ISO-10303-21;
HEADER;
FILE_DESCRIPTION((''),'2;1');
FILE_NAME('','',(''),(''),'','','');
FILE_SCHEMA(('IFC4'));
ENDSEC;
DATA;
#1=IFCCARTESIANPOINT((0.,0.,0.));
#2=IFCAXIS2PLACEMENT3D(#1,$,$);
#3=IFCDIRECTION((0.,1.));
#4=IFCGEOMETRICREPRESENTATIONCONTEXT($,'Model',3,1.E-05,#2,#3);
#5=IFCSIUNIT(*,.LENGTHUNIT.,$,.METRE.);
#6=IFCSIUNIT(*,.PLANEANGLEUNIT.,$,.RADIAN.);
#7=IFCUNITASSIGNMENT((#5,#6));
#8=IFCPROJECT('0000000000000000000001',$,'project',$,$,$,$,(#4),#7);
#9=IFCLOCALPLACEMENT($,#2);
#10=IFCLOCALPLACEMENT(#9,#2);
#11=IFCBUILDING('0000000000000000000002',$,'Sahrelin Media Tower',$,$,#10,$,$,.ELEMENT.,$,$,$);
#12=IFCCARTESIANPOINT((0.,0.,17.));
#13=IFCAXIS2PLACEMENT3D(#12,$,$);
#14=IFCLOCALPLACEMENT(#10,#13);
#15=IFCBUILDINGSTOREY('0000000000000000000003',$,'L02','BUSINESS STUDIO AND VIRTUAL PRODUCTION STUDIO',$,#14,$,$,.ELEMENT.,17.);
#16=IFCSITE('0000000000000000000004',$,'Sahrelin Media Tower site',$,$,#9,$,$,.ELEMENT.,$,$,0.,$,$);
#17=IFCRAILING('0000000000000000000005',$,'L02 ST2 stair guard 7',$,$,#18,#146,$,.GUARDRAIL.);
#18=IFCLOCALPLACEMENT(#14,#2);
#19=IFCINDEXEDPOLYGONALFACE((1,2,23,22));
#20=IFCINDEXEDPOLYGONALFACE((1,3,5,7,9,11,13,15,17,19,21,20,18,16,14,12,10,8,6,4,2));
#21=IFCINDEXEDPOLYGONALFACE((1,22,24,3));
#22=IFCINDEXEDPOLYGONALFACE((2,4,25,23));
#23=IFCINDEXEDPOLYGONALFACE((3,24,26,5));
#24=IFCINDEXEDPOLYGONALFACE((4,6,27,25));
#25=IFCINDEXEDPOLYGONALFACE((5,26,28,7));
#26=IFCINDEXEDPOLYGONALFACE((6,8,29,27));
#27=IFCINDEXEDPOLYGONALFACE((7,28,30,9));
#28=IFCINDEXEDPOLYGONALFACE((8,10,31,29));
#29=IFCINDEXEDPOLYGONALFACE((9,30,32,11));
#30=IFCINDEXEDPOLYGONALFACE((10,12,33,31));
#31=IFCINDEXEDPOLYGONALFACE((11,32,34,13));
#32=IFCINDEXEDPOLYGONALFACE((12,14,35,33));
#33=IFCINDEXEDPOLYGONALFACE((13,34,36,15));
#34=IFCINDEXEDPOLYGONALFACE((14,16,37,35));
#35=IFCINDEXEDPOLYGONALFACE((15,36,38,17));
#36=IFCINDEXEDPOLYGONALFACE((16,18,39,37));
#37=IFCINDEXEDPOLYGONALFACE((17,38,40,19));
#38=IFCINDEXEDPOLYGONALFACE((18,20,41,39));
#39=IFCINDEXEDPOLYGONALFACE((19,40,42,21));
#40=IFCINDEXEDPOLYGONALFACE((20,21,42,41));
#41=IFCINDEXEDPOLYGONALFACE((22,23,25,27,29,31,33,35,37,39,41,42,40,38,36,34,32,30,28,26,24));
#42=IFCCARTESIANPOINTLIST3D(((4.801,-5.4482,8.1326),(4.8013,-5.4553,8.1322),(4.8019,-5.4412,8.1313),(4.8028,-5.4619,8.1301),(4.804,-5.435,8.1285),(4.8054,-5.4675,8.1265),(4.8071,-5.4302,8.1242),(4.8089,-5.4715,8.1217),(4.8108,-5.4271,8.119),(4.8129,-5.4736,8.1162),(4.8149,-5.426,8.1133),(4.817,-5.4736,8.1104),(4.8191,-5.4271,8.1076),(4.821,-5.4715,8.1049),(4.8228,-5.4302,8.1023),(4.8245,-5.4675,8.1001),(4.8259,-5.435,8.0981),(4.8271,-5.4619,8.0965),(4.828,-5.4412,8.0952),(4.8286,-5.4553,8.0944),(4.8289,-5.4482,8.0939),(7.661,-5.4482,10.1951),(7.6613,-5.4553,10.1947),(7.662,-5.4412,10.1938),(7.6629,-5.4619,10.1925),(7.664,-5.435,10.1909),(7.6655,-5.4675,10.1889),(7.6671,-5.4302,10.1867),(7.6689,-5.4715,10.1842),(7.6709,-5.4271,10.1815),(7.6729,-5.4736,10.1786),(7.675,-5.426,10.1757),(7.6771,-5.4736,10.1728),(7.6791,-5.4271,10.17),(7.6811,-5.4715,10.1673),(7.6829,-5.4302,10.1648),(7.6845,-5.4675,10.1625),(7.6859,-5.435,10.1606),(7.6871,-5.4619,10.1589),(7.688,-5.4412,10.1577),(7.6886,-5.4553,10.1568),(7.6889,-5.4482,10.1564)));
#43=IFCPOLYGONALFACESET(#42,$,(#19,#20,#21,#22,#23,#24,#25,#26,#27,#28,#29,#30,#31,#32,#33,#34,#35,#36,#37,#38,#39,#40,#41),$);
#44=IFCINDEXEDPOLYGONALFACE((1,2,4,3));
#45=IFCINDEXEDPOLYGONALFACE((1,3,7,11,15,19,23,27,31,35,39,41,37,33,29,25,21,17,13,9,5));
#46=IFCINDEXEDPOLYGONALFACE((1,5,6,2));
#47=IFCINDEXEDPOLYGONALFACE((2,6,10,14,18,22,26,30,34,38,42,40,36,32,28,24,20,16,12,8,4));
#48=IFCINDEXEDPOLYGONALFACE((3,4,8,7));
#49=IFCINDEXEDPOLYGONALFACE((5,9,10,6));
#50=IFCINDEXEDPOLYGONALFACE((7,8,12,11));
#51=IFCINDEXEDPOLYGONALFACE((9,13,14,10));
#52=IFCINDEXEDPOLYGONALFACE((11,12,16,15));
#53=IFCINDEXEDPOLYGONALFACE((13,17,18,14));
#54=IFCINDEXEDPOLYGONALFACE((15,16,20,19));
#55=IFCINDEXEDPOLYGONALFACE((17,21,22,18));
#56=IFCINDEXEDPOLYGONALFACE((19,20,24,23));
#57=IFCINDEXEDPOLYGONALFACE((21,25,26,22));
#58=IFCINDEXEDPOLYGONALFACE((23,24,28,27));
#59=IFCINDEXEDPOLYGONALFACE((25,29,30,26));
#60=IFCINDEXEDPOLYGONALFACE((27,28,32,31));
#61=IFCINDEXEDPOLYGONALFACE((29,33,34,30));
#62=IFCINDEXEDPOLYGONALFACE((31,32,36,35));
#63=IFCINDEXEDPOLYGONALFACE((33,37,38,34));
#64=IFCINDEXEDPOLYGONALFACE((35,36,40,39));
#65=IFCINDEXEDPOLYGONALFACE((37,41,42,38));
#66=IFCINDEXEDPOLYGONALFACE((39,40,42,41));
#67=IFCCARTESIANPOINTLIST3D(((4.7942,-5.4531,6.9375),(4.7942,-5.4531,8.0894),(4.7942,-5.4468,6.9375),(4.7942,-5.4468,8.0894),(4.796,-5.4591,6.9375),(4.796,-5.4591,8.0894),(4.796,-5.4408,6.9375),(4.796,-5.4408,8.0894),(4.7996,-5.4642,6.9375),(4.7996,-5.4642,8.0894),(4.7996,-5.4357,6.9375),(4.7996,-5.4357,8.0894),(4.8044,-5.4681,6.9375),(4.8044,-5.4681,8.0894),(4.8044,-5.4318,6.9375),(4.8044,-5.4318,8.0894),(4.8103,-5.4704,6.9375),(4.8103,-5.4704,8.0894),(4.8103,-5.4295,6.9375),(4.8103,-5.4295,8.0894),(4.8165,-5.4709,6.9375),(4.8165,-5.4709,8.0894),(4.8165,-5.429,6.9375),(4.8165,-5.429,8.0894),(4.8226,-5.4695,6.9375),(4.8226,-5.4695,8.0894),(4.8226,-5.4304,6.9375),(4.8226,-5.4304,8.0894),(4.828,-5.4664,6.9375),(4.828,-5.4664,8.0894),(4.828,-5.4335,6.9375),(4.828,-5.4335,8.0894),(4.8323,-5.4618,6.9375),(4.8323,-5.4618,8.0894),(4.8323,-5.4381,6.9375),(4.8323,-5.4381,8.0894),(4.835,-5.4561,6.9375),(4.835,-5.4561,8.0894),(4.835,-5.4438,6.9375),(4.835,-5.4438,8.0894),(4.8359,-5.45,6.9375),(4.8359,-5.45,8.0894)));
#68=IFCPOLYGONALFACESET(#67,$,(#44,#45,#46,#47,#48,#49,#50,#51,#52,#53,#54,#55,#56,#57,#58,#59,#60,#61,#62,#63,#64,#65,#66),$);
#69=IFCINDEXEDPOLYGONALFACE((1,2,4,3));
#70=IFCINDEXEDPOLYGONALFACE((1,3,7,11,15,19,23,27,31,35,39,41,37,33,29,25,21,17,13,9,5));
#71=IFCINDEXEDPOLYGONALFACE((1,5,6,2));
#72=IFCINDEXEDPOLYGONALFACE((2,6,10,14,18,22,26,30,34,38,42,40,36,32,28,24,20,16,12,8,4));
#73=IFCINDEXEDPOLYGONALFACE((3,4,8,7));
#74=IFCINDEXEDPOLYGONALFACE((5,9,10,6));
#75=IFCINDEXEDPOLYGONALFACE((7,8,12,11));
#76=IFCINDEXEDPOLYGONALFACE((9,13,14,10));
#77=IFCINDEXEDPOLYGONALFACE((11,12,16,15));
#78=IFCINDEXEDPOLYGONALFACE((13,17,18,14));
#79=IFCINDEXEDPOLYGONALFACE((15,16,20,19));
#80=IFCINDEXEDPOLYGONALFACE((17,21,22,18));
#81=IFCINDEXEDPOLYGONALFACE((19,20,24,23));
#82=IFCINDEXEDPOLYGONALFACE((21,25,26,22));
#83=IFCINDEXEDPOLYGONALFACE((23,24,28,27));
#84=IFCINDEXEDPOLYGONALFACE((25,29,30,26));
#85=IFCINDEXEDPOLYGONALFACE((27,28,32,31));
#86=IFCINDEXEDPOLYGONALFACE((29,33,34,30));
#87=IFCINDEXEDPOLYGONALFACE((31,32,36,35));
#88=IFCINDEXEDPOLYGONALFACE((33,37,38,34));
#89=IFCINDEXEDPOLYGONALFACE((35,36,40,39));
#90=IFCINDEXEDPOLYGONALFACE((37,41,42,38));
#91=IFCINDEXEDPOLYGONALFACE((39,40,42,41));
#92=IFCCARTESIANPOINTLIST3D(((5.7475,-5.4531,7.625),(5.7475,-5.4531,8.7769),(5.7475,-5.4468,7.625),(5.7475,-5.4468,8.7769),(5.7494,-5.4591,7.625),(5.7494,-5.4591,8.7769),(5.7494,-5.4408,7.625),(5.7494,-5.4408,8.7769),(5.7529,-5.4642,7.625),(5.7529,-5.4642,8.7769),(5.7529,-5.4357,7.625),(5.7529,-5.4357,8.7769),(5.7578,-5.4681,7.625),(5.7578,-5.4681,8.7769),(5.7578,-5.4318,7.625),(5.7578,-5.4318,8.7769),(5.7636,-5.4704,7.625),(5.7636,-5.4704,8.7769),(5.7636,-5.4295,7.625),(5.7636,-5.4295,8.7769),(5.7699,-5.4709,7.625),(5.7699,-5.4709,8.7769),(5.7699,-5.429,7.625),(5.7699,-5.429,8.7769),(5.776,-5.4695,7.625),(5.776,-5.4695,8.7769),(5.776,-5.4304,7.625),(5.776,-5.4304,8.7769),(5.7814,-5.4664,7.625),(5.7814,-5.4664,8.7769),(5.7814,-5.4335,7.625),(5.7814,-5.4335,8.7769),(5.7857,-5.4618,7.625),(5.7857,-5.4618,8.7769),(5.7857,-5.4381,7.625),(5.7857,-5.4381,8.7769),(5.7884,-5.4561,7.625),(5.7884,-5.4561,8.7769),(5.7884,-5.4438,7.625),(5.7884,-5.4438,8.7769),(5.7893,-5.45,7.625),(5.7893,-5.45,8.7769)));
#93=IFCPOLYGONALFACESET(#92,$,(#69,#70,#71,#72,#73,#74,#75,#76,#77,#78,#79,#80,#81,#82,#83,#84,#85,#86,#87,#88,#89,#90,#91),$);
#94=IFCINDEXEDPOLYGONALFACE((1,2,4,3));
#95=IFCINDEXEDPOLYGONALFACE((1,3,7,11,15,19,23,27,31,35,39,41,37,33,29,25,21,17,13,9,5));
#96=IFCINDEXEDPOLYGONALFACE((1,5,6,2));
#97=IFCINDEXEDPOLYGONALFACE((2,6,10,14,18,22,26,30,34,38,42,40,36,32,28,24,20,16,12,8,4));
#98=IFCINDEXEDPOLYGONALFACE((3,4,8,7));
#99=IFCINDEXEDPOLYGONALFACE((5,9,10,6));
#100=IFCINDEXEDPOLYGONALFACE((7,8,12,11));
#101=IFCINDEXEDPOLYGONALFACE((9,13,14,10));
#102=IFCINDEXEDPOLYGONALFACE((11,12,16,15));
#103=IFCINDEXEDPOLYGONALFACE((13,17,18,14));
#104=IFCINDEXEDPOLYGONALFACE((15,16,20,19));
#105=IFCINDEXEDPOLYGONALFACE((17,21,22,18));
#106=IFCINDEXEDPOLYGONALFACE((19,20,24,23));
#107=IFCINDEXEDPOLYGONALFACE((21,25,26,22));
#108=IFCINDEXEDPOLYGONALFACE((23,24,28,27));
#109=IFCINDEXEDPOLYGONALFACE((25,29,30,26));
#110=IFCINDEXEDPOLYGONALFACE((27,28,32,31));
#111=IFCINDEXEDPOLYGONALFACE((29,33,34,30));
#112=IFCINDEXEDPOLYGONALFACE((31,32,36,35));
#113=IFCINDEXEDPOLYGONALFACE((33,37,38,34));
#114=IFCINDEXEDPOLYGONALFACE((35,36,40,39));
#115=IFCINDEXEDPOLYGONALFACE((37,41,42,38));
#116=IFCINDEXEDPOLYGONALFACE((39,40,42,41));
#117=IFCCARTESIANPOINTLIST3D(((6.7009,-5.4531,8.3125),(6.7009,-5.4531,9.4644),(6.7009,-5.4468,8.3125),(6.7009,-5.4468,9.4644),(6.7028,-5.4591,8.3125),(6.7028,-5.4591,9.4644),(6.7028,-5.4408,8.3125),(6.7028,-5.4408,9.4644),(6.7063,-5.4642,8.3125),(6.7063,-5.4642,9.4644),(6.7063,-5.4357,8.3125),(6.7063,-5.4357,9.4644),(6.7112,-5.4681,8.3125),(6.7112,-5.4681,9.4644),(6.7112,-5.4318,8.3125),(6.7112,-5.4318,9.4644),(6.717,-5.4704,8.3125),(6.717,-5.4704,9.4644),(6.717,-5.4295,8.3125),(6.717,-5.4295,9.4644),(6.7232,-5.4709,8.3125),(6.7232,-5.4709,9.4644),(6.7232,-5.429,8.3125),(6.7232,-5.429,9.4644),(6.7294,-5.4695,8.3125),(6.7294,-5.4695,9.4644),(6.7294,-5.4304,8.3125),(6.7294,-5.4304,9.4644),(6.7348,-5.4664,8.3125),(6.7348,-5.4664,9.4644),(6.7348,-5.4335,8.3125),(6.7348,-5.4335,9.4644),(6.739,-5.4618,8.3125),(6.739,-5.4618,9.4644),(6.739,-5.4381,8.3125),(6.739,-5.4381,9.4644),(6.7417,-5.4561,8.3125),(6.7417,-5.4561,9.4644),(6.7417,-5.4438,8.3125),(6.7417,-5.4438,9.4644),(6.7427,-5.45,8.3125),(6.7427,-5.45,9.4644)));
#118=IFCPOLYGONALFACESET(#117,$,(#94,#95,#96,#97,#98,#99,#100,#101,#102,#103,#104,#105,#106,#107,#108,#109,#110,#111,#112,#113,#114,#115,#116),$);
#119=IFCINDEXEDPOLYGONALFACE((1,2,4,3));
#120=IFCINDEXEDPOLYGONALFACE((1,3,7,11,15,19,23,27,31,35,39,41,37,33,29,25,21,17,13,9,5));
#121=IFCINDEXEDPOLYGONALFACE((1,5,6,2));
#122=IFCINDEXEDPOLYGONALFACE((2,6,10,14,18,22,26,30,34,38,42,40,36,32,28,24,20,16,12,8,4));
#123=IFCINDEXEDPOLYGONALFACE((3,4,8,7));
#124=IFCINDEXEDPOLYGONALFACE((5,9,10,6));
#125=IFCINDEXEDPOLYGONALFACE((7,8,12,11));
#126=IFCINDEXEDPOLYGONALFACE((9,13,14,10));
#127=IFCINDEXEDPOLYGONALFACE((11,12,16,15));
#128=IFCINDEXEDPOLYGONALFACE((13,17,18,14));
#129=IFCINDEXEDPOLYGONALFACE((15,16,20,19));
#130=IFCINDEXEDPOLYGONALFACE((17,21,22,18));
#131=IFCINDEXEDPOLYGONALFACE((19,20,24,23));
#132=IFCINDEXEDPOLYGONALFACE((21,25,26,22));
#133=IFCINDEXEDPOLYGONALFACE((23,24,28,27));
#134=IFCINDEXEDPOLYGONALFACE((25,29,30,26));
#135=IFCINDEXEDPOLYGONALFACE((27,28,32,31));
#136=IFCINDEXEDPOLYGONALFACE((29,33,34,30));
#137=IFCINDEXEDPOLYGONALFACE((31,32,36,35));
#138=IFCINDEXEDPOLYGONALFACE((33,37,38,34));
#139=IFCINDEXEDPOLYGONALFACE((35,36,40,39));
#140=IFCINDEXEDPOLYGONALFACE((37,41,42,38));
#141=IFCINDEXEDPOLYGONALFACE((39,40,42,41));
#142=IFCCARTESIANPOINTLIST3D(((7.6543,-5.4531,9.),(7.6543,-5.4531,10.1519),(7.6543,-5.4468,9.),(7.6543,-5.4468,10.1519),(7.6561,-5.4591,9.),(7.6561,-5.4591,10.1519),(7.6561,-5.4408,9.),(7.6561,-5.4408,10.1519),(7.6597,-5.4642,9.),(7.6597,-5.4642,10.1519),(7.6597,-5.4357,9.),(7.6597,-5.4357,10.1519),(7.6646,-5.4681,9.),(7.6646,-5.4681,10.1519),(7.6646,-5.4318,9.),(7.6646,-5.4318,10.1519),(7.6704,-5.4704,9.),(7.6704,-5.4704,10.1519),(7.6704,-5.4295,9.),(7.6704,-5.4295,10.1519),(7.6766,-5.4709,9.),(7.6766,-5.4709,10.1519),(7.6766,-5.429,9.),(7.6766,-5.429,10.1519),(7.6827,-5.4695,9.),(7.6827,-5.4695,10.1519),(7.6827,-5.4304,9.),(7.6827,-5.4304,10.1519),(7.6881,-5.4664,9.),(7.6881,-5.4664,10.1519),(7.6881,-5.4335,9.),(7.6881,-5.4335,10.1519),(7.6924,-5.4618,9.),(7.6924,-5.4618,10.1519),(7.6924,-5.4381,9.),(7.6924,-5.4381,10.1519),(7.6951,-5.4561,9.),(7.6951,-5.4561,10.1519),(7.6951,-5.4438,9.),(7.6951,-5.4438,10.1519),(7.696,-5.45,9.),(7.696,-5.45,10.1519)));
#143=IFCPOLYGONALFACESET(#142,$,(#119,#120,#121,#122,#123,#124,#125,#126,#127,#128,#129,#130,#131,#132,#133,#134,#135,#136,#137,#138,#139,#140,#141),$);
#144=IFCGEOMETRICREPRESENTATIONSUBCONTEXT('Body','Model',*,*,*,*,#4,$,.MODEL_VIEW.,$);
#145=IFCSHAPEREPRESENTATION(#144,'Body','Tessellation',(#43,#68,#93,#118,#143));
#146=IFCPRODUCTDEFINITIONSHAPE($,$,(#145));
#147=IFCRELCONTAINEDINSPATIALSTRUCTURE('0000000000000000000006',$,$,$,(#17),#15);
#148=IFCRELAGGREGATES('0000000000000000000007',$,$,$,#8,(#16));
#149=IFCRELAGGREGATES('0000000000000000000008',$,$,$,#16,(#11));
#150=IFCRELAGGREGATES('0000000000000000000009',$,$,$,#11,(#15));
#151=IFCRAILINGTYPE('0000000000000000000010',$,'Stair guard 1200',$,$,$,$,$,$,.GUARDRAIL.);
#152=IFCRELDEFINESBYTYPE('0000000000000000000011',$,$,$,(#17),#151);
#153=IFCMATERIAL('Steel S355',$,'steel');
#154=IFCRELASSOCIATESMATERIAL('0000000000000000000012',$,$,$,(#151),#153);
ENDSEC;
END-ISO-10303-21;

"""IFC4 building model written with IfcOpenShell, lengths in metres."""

from ifc_helpers import new_model, si_unit, direction, frame, origin, origin_2d, place, context, subcontext, project, spatial, circle, extrude, material, type_object, element, save


model = new_model("IFC4")

# Units and contexts
model_context = context("Model", 3, precision=1e-05, world=origin(), true_north=direction((0.0, 1.0)))
body_context = subcontext(model_context, "Body", "Model", "MODEL_VIEW")
ifc_project = project(units=[si_unit("LENGTHUNIT", "METRE"), si_unit("PLANEANGLEUNIT", "RADIAN")], contexts=[model_context])

# Site, building, storey
site_placement = place(None, origin())
site = spatial("IfcSite", under=ifc_project, at=site_placement, Name="Sahrelin Media Tower site", CompositionType="ELEMENT", RefElevation=0.0)
building_placement = place(site_placement, origin())
building = spatial("IfcBuilding", under=site, at=building_placement, Name="Sahrelin Media Tower", CompositionType="ELEMENT")
storey_placement = place(building_placement, frame((0.0, 0.0, 17.0)))
storey = spatial("IfcBuildingStorey", under=building, at=storey_placement, Name="L02", Description="BUSINESS STUDIO AND VIRTUAL PRODUCTION STUDIO", CompositionType="ELEMENT", Elevation=17.0)

# Railing
ifc_material_1 = material(Name="Steel S355", Category="steel")
railing_type_1 = type_object("IfcRailingType", Name="Stair guard 1200", PredefinedType="GUARDRAIL", material=ifc_material_1)
railing_1_placement = place(storey_placement, frame((4.8149, -5.45, 6.9375)))
element("IfcRailing", 1, at=railing_1_placement, inside=storey, type_object=railing_type_1, Name="L02 ST2 stair guard 7", PredefinedType="GUARDRAIL", context=body_context, shape_type="SweptSolid", body=[
    extrude(circle(Radius=0.0239, at=origin_2d()), frame((0.0, 0.0, 1.1758), z_axis=(0.811101, 0.0, 0.584906), x_axis=(0.0, 1.0, 0.0)), (0.0, 0.0, 1.0), 3.5261),
    extrude(circle(Radius=0.021, at=origin_2d()), origin(), (0.0, 0.0, 1.0), 1.1519),
    extrude(circle(Radius=0.021, at=origin_2d()), frame((0.9534, 0.0, 0.6875)), (0.0, 0.0, 1.0), 1.1519),
    extrude(circle(Radius=0.021, at=origin_2d()), frame((1.9067, 0.0, 1.375)), (0.0, 0.0, 1.0), 1.1519),
    extrude(circle(Radius=0.021, at=origin_2d()), frame((2.8601, 0.0, 2.0625)), (0.0, 0.0, 1.0), 1.1519),
])

save(model, "model.ifc")
